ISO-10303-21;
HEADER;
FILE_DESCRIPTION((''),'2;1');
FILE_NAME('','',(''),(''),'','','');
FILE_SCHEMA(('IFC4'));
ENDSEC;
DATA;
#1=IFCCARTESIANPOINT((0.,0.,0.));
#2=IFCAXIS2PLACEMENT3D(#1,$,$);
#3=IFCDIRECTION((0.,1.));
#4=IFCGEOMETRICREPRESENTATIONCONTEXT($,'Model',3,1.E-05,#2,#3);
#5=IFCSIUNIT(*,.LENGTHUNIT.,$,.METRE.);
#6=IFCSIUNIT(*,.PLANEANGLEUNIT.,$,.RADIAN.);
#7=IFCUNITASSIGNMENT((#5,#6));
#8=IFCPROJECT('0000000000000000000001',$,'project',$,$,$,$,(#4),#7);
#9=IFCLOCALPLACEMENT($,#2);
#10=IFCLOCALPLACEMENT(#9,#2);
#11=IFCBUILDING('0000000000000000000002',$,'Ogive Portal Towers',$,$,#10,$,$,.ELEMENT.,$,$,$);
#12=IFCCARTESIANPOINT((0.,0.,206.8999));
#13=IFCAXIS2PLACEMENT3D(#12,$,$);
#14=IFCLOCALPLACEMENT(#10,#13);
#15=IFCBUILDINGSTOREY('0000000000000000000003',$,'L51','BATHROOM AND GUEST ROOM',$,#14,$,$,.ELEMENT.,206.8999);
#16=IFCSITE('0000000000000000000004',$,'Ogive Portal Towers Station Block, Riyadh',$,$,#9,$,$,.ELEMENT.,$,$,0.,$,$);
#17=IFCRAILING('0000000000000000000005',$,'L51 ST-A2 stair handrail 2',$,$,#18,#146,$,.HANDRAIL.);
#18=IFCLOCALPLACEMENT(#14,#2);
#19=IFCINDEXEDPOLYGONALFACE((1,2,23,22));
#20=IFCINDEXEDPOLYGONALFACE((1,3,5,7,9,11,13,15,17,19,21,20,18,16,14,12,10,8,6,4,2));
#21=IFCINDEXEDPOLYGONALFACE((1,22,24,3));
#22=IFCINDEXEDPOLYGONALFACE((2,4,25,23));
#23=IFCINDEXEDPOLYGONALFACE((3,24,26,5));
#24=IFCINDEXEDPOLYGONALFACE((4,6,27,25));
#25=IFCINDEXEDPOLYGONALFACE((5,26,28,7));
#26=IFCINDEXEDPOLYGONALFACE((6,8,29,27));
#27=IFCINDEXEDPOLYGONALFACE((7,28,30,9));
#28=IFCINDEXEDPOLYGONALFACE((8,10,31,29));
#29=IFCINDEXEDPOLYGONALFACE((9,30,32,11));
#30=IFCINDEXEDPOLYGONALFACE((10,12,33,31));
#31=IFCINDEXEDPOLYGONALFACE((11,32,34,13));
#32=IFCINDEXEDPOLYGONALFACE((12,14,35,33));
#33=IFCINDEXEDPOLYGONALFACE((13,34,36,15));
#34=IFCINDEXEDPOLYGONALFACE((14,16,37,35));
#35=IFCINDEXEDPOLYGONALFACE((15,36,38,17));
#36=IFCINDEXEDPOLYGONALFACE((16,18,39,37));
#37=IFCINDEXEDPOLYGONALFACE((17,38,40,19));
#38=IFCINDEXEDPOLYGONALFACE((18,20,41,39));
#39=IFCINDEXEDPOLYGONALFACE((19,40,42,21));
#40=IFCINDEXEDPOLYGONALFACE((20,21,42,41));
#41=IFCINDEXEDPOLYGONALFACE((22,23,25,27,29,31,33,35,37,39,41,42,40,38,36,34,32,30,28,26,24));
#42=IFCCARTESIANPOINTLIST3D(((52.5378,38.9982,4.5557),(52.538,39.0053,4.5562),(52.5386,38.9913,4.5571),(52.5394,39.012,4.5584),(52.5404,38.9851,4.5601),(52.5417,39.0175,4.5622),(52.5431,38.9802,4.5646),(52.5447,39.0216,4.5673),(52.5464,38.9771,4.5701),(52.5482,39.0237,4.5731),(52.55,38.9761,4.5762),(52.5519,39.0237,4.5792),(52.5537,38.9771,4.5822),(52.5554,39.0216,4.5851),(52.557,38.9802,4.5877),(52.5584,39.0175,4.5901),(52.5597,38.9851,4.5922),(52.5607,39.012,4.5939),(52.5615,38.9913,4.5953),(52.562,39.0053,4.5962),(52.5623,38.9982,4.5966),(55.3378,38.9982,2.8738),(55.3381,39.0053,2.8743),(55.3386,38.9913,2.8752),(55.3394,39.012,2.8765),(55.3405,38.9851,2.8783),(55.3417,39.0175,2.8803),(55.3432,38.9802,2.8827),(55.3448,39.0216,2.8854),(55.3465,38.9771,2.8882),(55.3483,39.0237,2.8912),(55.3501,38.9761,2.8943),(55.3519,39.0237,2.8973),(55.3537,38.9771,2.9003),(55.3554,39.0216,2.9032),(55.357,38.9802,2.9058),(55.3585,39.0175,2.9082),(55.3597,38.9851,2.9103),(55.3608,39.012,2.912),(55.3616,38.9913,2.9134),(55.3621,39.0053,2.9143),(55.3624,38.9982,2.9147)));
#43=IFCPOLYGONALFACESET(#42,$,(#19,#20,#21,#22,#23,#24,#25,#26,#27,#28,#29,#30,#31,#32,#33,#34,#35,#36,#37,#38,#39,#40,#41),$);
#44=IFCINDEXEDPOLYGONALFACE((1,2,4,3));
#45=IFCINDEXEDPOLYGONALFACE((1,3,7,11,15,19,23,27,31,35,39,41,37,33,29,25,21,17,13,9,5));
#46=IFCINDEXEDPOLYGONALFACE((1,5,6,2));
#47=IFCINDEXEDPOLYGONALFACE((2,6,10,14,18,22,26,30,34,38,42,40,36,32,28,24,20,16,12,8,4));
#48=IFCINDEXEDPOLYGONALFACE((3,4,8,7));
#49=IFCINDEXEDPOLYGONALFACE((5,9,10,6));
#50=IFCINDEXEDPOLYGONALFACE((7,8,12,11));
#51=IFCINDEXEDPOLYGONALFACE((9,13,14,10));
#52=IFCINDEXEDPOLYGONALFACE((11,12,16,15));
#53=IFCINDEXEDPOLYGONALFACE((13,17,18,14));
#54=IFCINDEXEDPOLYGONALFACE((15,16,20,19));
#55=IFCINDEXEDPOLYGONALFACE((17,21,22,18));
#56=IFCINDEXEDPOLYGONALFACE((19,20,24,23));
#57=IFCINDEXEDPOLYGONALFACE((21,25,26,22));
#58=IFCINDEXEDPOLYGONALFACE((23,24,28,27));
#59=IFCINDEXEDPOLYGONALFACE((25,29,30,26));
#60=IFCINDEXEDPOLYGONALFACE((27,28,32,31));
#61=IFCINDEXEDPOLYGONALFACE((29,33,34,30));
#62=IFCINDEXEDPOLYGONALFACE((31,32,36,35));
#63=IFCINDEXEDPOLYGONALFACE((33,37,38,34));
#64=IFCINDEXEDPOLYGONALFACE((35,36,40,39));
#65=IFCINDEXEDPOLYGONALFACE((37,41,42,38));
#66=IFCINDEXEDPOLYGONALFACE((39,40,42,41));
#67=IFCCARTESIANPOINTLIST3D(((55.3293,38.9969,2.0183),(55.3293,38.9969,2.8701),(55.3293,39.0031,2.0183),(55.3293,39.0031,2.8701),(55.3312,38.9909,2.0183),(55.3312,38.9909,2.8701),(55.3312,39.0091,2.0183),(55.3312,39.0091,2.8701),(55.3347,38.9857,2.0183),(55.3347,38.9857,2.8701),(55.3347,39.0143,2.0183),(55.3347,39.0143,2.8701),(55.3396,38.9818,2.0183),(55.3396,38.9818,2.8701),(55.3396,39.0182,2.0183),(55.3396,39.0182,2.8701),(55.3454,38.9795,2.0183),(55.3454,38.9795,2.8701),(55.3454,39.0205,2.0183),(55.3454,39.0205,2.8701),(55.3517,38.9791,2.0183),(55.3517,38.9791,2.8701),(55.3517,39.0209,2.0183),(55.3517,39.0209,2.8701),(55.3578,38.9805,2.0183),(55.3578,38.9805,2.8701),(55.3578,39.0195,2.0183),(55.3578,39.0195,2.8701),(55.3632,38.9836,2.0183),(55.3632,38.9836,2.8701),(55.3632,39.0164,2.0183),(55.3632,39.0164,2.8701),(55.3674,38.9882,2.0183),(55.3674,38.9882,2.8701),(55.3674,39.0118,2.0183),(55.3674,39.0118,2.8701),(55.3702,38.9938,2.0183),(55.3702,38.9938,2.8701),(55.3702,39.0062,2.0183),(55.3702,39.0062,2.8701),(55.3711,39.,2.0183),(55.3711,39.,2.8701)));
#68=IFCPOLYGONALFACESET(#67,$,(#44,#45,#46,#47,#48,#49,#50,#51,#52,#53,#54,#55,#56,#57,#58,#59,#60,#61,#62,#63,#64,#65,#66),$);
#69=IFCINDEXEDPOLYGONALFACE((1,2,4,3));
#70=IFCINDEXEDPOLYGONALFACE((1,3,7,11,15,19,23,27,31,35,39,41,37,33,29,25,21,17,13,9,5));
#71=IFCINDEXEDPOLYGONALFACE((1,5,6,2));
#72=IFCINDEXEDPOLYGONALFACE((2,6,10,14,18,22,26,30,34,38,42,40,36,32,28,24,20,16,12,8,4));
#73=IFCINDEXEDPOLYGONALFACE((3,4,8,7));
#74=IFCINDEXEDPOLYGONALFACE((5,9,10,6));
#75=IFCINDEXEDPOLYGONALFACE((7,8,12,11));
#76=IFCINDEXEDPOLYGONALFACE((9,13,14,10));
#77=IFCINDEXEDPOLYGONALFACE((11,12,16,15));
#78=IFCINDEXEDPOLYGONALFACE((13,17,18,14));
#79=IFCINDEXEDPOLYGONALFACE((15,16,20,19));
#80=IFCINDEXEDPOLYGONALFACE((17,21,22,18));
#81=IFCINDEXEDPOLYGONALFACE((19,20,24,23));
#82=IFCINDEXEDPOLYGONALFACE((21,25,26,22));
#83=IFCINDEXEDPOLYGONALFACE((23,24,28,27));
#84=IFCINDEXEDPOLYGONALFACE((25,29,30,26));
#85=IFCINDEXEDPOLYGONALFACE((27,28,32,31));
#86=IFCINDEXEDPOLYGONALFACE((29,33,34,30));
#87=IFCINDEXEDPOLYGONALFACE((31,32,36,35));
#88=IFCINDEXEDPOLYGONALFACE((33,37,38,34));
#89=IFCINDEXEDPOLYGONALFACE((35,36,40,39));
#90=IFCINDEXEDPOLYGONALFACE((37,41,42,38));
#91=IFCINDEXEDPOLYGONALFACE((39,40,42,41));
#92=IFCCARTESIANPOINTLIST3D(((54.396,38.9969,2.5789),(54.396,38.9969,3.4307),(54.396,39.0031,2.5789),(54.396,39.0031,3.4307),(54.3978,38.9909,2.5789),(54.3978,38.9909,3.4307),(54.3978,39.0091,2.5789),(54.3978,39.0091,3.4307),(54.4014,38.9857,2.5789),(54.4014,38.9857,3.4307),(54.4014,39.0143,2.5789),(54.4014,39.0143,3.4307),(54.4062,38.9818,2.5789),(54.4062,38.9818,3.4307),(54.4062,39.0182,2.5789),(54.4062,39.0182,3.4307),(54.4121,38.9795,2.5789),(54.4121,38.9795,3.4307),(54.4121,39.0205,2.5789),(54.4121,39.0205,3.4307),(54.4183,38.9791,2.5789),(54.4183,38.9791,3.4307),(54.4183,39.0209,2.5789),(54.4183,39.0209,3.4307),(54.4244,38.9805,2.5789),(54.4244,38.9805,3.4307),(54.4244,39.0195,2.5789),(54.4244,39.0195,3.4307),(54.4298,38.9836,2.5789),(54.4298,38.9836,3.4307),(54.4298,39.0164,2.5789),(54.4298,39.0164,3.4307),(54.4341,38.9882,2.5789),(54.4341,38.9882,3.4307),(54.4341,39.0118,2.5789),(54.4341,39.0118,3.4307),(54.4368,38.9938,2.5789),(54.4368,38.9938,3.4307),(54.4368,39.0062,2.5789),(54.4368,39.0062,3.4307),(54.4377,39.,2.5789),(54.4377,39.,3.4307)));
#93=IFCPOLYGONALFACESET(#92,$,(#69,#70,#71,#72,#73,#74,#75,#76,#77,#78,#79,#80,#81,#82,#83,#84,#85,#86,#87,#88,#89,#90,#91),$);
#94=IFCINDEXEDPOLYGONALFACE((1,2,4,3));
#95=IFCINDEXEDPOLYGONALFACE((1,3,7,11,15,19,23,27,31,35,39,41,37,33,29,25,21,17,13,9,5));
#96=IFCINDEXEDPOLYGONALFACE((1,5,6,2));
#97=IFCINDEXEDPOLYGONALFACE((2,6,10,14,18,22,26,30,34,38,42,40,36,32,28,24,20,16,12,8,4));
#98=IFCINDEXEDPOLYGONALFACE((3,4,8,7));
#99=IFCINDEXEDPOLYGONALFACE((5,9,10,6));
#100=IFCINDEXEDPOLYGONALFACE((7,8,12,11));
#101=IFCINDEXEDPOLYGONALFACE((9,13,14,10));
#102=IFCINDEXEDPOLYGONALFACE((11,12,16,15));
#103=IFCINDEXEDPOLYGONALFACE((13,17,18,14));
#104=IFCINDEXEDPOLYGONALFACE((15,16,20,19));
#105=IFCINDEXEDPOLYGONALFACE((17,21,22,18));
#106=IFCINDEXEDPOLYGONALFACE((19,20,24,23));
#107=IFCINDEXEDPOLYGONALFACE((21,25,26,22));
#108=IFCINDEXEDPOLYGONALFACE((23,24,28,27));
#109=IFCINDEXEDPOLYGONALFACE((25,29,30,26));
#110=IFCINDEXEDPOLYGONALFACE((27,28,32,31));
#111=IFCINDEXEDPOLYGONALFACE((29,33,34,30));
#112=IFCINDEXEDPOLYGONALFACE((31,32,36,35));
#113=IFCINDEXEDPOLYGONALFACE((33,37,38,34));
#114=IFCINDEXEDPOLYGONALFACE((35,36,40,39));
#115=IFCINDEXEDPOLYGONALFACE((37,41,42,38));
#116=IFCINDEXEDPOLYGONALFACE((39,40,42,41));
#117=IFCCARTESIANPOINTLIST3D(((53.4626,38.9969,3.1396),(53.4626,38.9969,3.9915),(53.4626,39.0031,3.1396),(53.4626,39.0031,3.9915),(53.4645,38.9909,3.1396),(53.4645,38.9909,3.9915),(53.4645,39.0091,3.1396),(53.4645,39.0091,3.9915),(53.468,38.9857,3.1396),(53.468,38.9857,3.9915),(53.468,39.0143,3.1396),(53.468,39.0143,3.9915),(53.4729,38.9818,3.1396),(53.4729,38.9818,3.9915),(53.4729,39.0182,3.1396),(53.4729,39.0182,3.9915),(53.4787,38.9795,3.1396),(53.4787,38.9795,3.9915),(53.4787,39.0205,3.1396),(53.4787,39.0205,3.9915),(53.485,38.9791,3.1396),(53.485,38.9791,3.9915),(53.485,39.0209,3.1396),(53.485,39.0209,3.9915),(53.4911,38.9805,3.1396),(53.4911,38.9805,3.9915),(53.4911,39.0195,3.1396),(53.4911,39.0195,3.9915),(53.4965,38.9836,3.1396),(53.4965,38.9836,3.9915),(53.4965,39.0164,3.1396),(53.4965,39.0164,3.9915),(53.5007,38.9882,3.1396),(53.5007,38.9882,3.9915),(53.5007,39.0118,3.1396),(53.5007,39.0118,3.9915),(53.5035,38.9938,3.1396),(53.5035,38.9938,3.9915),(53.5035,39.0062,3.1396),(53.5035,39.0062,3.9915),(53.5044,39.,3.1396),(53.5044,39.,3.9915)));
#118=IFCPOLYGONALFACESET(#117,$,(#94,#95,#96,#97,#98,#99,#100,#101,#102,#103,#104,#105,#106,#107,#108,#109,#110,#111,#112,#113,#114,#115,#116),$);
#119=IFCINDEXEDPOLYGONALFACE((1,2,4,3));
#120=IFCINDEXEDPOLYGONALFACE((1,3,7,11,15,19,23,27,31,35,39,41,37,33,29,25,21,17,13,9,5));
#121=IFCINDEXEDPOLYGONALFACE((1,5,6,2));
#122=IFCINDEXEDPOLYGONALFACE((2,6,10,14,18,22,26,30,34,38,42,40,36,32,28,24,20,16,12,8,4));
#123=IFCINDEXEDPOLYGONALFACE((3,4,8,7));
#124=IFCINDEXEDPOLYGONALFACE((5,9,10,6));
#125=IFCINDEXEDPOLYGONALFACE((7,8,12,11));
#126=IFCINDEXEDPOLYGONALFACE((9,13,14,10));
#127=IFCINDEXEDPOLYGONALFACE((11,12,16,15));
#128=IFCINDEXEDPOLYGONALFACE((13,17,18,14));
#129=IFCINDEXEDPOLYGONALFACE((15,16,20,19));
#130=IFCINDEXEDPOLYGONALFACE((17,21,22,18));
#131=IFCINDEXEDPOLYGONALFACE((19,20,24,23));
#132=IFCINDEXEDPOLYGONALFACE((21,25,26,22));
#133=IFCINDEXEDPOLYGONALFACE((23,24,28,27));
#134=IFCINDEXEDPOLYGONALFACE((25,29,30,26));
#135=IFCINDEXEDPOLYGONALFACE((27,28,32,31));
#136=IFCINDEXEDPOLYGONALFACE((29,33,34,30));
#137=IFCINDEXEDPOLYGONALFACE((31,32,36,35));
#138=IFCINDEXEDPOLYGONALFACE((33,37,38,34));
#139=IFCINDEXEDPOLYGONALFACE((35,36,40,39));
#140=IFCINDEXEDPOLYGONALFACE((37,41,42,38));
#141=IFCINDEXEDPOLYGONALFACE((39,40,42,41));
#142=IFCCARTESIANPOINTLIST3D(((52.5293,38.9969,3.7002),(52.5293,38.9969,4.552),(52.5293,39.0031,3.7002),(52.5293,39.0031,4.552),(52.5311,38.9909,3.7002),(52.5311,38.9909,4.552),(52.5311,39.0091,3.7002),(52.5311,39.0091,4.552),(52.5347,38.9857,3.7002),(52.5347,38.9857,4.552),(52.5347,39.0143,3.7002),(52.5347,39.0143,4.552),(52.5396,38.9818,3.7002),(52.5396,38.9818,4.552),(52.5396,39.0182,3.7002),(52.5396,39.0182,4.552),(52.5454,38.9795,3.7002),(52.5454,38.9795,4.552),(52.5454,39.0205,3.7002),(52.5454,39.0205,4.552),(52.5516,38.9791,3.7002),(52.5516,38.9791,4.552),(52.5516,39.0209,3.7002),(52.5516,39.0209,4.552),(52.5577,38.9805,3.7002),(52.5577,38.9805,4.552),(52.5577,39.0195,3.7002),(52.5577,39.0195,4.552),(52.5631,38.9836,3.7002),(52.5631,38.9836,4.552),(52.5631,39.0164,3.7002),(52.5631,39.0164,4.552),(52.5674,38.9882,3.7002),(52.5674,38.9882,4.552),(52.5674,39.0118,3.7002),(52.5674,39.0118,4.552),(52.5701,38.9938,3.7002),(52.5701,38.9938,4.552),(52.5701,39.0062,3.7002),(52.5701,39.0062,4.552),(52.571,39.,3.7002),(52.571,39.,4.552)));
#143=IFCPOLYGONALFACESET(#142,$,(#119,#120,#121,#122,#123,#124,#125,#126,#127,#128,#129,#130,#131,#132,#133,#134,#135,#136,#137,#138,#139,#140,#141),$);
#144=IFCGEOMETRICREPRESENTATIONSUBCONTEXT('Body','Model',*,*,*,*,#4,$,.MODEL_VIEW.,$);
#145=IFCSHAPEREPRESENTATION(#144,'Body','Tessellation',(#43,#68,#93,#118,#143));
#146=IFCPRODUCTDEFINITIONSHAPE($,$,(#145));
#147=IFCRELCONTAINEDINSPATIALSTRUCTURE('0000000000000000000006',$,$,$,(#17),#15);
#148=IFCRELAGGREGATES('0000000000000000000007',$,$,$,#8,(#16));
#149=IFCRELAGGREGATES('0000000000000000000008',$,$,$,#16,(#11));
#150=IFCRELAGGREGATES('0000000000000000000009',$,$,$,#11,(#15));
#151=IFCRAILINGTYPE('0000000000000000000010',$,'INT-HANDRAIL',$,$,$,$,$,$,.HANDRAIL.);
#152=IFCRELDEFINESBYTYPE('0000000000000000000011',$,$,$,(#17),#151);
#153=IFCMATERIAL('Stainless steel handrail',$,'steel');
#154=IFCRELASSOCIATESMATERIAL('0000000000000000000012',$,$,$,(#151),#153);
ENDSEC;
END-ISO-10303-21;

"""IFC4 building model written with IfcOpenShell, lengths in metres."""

from ifc_helpers import new_model, si_unit, direction, frame, origin, origin_2d, place, context, subcontext, project, spatial, circle, extrude, material, type_object, element, save


model = new_model("IFC4")

# Units and contexts
model_context = context("Model", 3, precision=1e-05, world=origin(), true_north=direction((0.0, 1.0)))
body_context = subcontext(model_context, "Body", "Model", "MODEL_VIEW")
ifc_project = project(units=[si_unit("LENGTHUNIT", "METRE"), si_unit("PLANEANGLEUNIT", "RADIAN")], contexts=[model_context])

# Site, building, storey
site_placement = place(None, origin())
site = spatial("IfcSite", under=ifc_project, at=site_placement, Name="Ogive Portal Towers Station Block, Riyadh", CompositionType="ELEMENT", RefElevation=0.0)
building_placement = place(site_placement, origin())
building = spatial("IfcBuilding", under=site, at=building_placement, Name="Ogive Portal Towers", CompositionType="ELEMENT")
storey_placement = place(building_placement, frame((0.0, 0.0, 206.8999)))
storey = spatial("IfcBuildingStorey", under=building, at=storey_placement, Name="L51", Description="BATHROOM AND GUEST ROOM", CompositionType="ELEMENT", Elevation=206.8999)

# Railing
ifc_material_1 = material(Name="Stainless steel handrail", Category="steel")
railing_type_1 = type_object("IfcRailingType", Name="INT-HANDRAIL", PredefinedType="HANDRAIL", material=ifc_material_1)
railing_1_placement = place(storey_placement, frame((55.3501, 39.0, 2.0183)))
element("IfcRailing", 1, at=railing_1_placement, inside=storey, type_object=railing_type_1, Name="L51 ST-A2 stair handrail 2", PredefinedType="HANDRAIL", context=body_context, shape_type="SweptSolid", body=[
    extrude(circle(Radius=0.0239, at=origin_2d()), frame((0.0, 0.0, 0.876), z_axis=(-0.857242, 0.0, 0.514913), x_axis=(0.0, -1.0, 0.0)), (0.0, 0.0, 1.0), 3.2664),
    extrude(circle(Radius=0.021, at=origin_2d()), origin(), (0.0, 0.0, 1.0), 0.8518),
    extrude(circle(Radius=0.021, at=origin_2d()), frame((-0.9333, 0.0, 0.5605)), (0.0, 0.0, 1.0), 0.8518),
    extrude(circle(Radius=0.021, at=origin_2d()), frame((-1.8667, 0.0, 1.1213)), (0.0, 0.0, 1.0), 0.8518),
    extrude(circle(Radius=0.021, at=origin_2d()), frame((-2.8, 0.0, 1.6819)), (0.0, 0.0, 1.0), 0.8518),
])

save(model, "model.ifc")
